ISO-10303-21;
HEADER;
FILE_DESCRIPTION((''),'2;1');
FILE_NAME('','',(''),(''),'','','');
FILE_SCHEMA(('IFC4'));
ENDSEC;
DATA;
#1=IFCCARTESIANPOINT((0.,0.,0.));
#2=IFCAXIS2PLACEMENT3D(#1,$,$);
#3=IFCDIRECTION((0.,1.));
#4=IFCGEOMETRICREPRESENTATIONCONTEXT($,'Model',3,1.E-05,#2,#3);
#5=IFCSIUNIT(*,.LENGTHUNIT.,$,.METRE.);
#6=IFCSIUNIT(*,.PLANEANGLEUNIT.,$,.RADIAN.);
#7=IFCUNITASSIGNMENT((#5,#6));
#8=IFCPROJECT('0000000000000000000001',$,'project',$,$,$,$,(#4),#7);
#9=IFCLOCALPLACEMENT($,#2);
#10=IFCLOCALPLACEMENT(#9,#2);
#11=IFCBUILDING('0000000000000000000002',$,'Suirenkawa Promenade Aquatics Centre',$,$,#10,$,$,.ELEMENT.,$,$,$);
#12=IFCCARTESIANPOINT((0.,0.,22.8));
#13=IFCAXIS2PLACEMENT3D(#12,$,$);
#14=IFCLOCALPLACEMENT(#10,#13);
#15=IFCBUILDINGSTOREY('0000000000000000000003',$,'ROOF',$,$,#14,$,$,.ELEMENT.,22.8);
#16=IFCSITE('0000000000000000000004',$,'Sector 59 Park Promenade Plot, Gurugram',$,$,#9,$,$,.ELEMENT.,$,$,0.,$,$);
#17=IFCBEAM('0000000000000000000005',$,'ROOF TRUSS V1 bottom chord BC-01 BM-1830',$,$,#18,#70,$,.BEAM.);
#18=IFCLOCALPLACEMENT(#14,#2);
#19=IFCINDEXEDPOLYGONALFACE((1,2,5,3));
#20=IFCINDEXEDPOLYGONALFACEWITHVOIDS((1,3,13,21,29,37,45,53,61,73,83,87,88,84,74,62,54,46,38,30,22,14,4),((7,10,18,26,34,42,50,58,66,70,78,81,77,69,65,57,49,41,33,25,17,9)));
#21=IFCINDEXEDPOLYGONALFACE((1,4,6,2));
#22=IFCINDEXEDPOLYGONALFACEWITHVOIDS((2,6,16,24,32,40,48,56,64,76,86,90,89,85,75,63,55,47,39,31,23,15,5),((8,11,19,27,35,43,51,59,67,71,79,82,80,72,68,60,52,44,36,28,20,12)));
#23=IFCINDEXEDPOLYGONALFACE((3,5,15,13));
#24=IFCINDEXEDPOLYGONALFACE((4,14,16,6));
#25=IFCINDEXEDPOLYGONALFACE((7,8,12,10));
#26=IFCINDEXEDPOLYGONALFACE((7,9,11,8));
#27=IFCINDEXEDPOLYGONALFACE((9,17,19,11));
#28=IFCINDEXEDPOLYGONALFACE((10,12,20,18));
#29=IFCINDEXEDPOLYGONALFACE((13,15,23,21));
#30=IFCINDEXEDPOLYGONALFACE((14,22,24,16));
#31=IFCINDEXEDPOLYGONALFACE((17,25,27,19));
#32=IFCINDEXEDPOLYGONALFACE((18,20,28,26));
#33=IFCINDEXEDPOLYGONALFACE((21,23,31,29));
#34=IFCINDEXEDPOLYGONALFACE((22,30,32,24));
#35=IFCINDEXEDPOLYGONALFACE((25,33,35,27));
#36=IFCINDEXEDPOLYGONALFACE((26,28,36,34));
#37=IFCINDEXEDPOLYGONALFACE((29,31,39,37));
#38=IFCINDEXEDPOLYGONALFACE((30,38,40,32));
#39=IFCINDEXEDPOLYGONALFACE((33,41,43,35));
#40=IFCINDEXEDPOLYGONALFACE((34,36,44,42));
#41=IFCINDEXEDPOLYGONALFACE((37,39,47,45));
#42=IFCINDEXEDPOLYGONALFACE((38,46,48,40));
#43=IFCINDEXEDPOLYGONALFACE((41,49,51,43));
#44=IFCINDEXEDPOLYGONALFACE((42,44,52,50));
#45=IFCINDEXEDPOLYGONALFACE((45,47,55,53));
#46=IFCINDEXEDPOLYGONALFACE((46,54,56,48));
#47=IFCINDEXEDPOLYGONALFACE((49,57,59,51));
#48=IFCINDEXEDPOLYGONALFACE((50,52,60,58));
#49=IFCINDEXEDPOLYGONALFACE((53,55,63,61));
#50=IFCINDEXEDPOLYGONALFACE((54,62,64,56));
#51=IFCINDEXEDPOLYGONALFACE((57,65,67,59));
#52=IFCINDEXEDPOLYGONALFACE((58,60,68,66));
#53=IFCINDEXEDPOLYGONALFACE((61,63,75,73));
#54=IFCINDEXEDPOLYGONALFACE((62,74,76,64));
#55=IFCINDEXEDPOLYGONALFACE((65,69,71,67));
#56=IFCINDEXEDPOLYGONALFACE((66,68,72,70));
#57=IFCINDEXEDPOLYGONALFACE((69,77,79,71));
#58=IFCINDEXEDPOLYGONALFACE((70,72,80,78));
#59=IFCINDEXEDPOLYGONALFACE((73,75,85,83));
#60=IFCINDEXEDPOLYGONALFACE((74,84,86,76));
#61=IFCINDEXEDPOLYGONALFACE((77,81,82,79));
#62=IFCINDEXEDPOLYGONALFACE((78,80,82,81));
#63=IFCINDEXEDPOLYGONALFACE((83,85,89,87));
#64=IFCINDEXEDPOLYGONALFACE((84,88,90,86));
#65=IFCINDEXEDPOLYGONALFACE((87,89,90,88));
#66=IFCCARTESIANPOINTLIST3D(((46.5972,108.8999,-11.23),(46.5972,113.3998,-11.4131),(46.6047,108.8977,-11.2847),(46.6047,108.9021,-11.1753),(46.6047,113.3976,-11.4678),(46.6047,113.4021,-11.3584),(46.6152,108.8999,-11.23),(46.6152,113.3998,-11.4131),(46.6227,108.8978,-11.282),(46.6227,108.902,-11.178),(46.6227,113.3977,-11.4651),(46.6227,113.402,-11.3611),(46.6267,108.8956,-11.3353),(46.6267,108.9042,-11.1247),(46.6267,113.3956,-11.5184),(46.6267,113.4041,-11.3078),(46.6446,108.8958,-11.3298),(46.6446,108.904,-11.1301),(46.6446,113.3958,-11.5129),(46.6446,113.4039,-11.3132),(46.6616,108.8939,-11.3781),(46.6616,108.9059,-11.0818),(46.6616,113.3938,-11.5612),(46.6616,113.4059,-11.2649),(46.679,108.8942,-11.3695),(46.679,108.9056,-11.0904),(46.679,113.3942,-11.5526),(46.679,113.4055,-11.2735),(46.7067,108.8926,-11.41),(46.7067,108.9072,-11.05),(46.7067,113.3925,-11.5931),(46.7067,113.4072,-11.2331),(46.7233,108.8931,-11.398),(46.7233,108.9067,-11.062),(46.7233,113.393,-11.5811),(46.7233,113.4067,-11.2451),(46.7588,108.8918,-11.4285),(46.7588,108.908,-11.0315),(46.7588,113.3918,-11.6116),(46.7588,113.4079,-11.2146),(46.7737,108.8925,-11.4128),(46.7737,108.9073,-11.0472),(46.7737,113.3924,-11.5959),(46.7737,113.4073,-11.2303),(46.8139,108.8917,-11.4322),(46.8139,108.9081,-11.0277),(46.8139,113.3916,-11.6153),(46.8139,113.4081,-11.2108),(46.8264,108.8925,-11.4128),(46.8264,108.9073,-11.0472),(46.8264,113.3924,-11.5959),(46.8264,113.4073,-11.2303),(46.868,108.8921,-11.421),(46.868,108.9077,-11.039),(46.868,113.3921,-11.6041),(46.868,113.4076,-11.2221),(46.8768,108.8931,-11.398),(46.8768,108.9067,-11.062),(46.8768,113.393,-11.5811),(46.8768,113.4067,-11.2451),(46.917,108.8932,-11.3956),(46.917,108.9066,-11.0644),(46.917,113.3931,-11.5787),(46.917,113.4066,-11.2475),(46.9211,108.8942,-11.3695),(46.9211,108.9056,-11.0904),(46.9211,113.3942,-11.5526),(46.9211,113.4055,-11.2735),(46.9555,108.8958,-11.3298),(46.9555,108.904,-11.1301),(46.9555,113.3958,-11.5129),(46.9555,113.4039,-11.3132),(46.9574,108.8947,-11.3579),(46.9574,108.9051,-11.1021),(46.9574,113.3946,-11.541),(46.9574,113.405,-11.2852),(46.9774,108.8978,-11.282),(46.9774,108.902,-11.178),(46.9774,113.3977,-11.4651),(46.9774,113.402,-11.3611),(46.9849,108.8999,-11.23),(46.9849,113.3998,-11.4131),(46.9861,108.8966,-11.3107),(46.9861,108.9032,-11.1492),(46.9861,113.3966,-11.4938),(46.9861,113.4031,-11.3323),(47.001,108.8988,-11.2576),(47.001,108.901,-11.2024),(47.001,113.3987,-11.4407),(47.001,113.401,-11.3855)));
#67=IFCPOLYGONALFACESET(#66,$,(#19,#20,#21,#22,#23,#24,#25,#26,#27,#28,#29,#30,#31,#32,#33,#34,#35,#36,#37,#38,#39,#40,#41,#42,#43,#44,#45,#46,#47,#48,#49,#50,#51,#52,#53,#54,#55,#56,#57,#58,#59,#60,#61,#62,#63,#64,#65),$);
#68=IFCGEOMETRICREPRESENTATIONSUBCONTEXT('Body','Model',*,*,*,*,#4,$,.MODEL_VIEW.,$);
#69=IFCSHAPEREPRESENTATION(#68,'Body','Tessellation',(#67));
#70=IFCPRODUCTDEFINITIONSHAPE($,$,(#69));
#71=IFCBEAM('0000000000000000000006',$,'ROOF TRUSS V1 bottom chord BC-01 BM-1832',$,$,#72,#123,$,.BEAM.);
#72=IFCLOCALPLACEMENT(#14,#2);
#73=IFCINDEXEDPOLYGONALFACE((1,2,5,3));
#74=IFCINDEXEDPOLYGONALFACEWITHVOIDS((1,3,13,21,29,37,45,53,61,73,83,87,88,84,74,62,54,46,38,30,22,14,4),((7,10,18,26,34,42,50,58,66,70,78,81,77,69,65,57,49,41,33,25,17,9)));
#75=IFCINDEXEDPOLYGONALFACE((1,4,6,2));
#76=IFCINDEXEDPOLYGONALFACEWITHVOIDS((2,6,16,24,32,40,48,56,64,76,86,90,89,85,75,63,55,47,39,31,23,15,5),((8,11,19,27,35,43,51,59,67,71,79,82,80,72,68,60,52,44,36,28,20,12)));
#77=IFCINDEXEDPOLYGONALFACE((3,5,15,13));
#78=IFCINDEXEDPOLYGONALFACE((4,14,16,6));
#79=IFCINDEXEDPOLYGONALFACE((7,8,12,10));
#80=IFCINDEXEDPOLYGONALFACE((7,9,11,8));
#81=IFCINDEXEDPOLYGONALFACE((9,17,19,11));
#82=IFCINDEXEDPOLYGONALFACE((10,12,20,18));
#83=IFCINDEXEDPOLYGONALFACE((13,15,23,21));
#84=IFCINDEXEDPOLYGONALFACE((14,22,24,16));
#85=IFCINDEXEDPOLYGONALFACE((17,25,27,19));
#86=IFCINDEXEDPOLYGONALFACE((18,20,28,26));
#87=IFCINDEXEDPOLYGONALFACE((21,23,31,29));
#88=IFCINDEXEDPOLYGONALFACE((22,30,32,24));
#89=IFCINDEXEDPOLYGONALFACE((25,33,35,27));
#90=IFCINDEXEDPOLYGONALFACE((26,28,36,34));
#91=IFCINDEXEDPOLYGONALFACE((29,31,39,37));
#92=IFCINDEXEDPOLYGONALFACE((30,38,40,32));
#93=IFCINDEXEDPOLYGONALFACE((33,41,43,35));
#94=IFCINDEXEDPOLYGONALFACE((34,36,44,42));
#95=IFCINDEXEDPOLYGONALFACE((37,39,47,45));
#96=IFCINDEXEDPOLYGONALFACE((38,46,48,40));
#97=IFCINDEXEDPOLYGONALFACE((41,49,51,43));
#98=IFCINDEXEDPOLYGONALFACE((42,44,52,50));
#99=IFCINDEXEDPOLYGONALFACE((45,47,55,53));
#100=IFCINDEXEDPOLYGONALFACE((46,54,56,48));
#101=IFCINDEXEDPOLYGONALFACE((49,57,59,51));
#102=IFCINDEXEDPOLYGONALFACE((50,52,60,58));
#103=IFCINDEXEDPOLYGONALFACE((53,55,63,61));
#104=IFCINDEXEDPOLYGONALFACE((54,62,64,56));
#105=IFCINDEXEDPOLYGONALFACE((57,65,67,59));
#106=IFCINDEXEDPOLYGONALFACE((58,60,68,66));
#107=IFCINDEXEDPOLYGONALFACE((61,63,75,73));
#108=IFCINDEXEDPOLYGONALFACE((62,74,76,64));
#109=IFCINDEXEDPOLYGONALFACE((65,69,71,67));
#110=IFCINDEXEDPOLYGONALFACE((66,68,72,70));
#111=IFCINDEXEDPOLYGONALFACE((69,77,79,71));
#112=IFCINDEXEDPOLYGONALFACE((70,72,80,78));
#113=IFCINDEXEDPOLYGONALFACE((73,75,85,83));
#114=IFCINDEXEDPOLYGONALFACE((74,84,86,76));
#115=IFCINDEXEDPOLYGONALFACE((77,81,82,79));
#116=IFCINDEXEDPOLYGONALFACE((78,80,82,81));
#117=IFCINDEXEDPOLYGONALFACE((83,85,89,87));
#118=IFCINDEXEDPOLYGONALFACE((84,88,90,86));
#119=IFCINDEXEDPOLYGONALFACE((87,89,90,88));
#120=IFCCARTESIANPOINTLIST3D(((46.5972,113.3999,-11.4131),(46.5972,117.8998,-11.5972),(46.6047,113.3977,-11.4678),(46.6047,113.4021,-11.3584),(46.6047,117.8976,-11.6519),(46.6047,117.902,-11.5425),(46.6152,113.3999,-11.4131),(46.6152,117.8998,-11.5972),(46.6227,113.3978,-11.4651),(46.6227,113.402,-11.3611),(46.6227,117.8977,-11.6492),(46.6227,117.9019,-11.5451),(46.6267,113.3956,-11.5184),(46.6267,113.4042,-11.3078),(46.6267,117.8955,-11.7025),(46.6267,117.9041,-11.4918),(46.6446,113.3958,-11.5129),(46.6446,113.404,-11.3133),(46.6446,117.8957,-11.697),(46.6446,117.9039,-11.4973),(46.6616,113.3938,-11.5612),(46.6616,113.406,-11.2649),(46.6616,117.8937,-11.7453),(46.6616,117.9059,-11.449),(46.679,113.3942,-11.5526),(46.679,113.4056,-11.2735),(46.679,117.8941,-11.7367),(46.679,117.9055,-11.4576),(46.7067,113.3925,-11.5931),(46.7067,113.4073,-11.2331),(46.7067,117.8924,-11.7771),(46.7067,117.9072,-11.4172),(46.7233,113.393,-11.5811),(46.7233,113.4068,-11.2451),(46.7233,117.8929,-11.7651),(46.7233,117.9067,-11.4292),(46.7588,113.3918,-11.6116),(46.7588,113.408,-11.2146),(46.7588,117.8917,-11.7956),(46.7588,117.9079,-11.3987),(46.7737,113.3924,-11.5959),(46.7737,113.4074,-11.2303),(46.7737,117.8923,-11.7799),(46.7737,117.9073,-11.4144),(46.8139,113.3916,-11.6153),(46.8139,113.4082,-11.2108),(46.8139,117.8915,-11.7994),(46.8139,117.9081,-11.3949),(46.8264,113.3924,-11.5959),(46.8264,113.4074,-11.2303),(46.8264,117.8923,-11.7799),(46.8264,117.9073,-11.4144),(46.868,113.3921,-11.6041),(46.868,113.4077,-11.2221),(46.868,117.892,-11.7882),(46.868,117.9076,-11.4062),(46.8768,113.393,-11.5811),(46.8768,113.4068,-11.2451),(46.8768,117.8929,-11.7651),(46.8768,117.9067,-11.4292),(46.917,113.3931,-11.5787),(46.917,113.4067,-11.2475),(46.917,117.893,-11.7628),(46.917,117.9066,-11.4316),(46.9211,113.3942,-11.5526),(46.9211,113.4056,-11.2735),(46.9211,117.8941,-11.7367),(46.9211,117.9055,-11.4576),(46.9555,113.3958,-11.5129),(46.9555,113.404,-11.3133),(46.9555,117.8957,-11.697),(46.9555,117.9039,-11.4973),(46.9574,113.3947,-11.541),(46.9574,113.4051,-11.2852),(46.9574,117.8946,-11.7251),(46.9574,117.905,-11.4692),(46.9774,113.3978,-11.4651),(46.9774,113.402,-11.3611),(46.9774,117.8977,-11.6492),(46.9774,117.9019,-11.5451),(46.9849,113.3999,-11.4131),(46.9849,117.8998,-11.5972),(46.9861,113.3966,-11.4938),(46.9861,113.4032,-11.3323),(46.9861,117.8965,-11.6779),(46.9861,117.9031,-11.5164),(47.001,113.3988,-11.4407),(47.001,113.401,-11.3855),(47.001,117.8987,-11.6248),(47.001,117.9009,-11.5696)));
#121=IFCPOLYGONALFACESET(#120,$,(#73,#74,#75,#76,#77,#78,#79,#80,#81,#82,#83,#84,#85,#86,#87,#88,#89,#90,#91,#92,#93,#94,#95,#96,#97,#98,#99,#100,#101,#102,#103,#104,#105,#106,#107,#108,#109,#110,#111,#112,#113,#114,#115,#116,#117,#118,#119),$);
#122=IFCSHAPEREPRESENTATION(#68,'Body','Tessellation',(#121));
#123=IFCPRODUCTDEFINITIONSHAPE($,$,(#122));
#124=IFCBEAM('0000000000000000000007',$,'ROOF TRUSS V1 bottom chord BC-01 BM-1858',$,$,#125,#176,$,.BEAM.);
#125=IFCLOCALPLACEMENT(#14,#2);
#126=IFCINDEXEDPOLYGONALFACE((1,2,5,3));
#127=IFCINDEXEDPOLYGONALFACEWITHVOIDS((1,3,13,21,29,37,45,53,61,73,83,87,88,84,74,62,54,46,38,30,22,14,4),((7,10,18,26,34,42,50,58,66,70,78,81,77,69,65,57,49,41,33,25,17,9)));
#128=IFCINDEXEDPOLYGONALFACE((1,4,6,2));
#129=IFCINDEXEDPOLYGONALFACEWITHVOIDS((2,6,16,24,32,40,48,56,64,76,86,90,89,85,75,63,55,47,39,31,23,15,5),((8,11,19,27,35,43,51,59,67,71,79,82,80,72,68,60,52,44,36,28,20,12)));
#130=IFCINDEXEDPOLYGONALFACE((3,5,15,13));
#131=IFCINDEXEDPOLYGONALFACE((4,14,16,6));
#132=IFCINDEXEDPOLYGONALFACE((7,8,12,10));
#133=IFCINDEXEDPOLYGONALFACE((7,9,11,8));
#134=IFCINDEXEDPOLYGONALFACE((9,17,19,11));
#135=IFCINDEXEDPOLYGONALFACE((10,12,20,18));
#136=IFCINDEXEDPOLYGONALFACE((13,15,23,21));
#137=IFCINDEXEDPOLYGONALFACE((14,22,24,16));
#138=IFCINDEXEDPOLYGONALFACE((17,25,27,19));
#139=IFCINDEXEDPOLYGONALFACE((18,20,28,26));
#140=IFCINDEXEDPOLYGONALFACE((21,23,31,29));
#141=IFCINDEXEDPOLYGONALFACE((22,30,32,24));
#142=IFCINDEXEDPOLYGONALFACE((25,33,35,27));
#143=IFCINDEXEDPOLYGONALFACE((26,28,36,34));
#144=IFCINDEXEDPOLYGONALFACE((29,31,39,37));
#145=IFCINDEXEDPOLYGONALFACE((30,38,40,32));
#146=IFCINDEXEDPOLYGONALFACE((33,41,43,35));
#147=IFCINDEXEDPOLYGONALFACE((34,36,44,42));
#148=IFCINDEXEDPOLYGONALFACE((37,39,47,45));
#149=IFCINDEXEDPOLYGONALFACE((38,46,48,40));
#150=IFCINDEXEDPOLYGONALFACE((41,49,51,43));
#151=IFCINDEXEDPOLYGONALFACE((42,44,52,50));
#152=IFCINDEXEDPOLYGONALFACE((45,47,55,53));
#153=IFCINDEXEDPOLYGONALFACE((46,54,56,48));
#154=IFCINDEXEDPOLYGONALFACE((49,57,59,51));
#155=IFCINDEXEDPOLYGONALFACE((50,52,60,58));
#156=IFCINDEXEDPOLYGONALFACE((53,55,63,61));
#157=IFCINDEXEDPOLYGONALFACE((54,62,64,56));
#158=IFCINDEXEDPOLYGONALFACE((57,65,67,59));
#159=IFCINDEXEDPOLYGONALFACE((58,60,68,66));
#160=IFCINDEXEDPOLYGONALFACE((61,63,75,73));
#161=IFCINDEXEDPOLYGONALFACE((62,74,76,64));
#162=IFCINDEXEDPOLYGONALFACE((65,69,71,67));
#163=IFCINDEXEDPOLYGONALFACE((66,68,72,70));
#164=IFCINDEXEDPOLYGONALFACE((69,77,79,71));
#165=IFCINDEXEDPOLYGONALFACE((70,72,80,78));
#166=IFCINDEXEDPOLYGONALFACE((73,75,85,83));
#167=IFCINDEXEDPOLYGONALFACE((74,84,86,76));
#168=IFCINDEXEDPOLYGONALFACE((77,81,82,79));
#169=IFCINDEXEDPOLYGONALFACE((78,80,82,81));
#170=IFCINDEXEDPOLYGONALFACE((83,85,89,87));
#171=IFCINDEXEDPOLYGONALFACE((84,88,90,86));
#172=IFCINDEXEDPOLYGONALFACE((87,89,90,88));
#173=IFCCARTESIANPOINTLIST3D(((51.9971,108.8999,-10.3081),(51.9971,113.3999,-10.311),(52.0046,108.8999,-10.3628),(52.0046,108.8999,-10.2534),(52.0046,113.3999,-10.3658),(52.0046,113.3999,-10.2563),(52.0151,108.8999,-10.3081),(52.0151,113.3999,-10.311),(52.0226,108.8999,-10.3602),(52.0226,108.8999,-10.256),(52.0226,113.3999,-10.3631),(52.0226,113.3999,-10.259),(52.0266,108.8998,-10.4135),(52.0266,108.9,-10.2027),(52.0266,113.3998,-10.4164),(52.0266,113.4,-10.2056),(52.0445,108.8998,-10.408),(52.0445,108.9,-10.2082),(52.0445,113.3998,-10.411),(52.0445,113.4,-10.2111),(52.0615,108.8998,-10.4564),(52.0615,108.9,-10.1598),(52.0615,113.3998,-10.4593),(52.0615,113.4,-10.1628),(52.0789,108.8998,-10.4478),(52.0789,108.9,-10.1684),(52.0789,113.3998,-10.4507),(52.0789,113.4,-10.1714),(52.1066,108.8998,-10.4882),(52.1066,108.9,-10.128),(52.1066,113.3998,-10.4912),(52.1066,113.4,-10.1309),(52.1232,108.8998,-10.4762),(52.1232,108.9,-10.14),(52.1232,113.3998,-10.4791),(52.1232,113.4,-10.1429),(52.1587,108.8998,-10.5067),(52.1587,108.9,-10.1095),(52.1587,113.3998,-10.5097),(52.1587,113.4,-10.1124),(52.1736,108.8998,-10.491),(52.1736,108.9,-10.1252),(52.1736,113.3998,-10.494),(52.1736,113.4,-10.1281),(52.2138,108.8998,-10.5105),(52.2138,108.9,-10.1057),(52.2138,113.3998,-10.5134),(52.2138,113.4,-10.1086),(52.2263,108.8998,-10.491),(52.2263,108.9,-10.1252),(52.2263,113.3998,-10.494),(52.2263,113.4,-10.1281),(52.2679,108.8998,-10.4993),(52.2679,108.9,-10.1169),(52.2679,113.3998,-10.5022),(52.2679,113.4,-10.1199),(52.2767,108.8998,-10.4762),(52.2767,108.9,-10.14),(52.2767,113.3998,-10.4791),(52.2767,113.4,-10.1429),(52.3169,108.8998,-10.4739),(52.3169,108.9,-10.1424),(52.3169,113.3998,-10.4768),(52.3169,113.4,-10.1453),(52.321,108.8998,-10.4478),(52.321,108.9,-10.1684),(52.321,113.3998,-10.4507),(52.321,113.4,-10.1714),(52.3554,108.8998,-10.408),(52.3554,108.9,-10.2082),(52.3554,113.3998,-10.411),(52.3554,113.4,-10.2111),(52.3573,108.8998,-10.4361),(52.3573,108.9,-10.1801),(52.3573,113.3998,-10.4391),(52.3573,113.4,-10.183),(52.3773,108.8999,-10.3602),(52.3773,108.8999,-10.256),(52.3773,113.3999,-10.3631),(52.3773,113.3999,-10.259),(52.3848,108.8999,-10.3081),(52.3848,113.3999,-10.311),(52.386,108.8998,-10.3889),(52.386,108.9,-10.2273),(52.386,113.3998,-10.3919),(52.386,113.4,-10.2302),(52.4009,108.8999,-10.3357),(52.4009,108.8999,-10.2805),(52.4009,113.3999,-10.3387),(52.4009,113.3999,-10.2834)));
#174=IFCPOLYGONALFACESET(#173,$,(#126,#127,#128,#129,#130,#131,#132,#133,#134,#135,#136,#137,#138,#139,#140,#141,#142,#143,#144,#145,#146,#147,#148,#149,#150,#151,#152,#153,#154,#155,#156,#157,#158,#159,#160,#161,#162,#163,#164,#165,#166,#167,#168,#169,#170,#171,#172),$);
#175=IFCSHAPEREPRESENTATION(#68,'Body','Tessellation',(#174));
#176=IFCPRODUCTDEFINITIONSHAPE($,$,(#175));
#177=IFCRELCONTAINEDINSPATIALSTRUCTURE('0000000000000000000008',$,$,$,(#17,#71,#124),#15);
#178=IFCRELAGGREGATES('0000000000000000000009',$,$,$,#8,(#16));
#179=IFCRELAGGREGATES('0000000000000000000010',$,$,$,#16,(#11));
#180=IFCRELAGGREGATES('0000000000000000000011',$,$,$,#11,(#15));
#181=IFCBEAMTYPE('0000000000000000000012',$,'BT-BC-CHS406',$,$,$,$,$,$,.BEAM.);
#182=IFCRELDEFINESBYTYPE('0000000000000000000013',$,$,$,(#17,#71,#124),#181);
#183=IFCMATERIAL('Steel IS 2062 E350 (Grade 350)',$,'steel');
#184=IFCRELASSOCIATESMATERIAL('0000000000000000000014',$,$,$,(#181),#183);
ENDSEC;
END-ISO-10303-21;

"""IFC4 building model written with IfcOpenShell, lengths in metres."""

from ifc_helpers import new_model, si_unit, direction, frame, origin, origin_2d, place, context, subcontext, project, spatial, hollow_circle, extrude, material, material_profile, profile_set, type_object, element, save


model = new_model("IFC4")

# Units and contexts
model_context = context("Model", 3, precision=1e-05, world=origin(), true_north=direction((0.0, 1.0)))
body_context = subcontext(model_context, "Body", "Model", "MODEL_VIEW")
ifc_project = project(units=[si_unit("LENGTHUNIT", "METRE"), si_unit("PLANEANGLEUNIT", "RADIAN")], contexts=[model_context])

# Site, building, storey
site_placement = place(None, origin())
site = spatial("IfcSite", under=ifc_project, at=site_placement, Name="Sector 59 Park Promenade Plot, Gurugram", CompositionType="ELEMENT", RefElevation=0.0)
building_placement = place(site_placement, origin())
building = spatial("IfcBuilding", under=site, at=building_placement, Name="Suirenkawa Promenade Aquatics Centre", CompositionType="ELEMENT")
storey_placement = place(building_placement, frame((0.0, 0.0, 22.8)))
storey = spatial("IfcBuildingStorey", under=building, at=storey_placement, Name="ROOF", CompositionType="ELEMENT", Elevation=22.8)

# Beams
ifc_material = material(Name="Steel IS 2062 E350 (Grade 350)", Category="steel")
ifc_material_profile_1 = material_profile(ifc_material, hollow_circle(Radius=0.2029, WallThickness=0.0181, at=origin_2d()), Name="CHS 406x18", Category="steel")
ifc_profile_set_1 = profile_set([ifc_material_profile_1], Name="Steel IS 2062 E350 (Grade 350)")
beam_type_1 = type_object("IfcBeamType", Name="BT-BC-CHS406", PredefinedType="BEAM", material=ifc_profile_set_1)
for number, where, z_axis, x_axis, name in (
    (1, (46.8, 108.8999, -11.23), (0.0, 0.999173, -0.040656), (-1.0, 0.0, 0.0), "ROOF TRUSS V1 bottom chord BC-01 BM-1830"),
    (2, (46.8, 113.3999, -11.4131), (0.0, 0.999164, -0.040873), (-1.0, 0.0, 0.0), "ROOF TRUSS V1 bottom chord BC-01 BM-1832"),
):
    element("IfcBeam", number, at=place(storey_placement, frame(where, z_axis=z_axis, x_axis=x_axis)), inside=storey, type_object=beam_type_1, Name=name, PredefinedType="BEAM", context=body_context, shape_type="SweptSolid", body=[
        extrude(hollow_circle(Radius=0.2029, WallThickness=0.0181, at=origin_2d()), origin(), (0.0, 0.0, 1.0), 4.5037),
    ])
for number, where, z_axis, x_axis, name in (
    (3, (52.2, 108.8999, -10.3081), (0.0, 1.0, -0.000651), (-1.0, 0.0, 0.0), "ROOF TRUSS V1 bottom chord BC-01 BM-1858"),
):
    element("IfcBeam", number, at=place(storey_placement, frame(where, z_axis=z_axis, x_axis=x_axis)), inside=storey, type_object=beam_type_1, Name=name, PredefinedType="BEAM", context=body_context, shape_type="SweptSolid", body=[
        extrude(hollow_circle(Radius=0.2029, WallThickness=0.0181, at=origin_2d()), origin(), (0.0, 0.0, 1.0), 4.5),
    ])

save(model, "model.ifc")
